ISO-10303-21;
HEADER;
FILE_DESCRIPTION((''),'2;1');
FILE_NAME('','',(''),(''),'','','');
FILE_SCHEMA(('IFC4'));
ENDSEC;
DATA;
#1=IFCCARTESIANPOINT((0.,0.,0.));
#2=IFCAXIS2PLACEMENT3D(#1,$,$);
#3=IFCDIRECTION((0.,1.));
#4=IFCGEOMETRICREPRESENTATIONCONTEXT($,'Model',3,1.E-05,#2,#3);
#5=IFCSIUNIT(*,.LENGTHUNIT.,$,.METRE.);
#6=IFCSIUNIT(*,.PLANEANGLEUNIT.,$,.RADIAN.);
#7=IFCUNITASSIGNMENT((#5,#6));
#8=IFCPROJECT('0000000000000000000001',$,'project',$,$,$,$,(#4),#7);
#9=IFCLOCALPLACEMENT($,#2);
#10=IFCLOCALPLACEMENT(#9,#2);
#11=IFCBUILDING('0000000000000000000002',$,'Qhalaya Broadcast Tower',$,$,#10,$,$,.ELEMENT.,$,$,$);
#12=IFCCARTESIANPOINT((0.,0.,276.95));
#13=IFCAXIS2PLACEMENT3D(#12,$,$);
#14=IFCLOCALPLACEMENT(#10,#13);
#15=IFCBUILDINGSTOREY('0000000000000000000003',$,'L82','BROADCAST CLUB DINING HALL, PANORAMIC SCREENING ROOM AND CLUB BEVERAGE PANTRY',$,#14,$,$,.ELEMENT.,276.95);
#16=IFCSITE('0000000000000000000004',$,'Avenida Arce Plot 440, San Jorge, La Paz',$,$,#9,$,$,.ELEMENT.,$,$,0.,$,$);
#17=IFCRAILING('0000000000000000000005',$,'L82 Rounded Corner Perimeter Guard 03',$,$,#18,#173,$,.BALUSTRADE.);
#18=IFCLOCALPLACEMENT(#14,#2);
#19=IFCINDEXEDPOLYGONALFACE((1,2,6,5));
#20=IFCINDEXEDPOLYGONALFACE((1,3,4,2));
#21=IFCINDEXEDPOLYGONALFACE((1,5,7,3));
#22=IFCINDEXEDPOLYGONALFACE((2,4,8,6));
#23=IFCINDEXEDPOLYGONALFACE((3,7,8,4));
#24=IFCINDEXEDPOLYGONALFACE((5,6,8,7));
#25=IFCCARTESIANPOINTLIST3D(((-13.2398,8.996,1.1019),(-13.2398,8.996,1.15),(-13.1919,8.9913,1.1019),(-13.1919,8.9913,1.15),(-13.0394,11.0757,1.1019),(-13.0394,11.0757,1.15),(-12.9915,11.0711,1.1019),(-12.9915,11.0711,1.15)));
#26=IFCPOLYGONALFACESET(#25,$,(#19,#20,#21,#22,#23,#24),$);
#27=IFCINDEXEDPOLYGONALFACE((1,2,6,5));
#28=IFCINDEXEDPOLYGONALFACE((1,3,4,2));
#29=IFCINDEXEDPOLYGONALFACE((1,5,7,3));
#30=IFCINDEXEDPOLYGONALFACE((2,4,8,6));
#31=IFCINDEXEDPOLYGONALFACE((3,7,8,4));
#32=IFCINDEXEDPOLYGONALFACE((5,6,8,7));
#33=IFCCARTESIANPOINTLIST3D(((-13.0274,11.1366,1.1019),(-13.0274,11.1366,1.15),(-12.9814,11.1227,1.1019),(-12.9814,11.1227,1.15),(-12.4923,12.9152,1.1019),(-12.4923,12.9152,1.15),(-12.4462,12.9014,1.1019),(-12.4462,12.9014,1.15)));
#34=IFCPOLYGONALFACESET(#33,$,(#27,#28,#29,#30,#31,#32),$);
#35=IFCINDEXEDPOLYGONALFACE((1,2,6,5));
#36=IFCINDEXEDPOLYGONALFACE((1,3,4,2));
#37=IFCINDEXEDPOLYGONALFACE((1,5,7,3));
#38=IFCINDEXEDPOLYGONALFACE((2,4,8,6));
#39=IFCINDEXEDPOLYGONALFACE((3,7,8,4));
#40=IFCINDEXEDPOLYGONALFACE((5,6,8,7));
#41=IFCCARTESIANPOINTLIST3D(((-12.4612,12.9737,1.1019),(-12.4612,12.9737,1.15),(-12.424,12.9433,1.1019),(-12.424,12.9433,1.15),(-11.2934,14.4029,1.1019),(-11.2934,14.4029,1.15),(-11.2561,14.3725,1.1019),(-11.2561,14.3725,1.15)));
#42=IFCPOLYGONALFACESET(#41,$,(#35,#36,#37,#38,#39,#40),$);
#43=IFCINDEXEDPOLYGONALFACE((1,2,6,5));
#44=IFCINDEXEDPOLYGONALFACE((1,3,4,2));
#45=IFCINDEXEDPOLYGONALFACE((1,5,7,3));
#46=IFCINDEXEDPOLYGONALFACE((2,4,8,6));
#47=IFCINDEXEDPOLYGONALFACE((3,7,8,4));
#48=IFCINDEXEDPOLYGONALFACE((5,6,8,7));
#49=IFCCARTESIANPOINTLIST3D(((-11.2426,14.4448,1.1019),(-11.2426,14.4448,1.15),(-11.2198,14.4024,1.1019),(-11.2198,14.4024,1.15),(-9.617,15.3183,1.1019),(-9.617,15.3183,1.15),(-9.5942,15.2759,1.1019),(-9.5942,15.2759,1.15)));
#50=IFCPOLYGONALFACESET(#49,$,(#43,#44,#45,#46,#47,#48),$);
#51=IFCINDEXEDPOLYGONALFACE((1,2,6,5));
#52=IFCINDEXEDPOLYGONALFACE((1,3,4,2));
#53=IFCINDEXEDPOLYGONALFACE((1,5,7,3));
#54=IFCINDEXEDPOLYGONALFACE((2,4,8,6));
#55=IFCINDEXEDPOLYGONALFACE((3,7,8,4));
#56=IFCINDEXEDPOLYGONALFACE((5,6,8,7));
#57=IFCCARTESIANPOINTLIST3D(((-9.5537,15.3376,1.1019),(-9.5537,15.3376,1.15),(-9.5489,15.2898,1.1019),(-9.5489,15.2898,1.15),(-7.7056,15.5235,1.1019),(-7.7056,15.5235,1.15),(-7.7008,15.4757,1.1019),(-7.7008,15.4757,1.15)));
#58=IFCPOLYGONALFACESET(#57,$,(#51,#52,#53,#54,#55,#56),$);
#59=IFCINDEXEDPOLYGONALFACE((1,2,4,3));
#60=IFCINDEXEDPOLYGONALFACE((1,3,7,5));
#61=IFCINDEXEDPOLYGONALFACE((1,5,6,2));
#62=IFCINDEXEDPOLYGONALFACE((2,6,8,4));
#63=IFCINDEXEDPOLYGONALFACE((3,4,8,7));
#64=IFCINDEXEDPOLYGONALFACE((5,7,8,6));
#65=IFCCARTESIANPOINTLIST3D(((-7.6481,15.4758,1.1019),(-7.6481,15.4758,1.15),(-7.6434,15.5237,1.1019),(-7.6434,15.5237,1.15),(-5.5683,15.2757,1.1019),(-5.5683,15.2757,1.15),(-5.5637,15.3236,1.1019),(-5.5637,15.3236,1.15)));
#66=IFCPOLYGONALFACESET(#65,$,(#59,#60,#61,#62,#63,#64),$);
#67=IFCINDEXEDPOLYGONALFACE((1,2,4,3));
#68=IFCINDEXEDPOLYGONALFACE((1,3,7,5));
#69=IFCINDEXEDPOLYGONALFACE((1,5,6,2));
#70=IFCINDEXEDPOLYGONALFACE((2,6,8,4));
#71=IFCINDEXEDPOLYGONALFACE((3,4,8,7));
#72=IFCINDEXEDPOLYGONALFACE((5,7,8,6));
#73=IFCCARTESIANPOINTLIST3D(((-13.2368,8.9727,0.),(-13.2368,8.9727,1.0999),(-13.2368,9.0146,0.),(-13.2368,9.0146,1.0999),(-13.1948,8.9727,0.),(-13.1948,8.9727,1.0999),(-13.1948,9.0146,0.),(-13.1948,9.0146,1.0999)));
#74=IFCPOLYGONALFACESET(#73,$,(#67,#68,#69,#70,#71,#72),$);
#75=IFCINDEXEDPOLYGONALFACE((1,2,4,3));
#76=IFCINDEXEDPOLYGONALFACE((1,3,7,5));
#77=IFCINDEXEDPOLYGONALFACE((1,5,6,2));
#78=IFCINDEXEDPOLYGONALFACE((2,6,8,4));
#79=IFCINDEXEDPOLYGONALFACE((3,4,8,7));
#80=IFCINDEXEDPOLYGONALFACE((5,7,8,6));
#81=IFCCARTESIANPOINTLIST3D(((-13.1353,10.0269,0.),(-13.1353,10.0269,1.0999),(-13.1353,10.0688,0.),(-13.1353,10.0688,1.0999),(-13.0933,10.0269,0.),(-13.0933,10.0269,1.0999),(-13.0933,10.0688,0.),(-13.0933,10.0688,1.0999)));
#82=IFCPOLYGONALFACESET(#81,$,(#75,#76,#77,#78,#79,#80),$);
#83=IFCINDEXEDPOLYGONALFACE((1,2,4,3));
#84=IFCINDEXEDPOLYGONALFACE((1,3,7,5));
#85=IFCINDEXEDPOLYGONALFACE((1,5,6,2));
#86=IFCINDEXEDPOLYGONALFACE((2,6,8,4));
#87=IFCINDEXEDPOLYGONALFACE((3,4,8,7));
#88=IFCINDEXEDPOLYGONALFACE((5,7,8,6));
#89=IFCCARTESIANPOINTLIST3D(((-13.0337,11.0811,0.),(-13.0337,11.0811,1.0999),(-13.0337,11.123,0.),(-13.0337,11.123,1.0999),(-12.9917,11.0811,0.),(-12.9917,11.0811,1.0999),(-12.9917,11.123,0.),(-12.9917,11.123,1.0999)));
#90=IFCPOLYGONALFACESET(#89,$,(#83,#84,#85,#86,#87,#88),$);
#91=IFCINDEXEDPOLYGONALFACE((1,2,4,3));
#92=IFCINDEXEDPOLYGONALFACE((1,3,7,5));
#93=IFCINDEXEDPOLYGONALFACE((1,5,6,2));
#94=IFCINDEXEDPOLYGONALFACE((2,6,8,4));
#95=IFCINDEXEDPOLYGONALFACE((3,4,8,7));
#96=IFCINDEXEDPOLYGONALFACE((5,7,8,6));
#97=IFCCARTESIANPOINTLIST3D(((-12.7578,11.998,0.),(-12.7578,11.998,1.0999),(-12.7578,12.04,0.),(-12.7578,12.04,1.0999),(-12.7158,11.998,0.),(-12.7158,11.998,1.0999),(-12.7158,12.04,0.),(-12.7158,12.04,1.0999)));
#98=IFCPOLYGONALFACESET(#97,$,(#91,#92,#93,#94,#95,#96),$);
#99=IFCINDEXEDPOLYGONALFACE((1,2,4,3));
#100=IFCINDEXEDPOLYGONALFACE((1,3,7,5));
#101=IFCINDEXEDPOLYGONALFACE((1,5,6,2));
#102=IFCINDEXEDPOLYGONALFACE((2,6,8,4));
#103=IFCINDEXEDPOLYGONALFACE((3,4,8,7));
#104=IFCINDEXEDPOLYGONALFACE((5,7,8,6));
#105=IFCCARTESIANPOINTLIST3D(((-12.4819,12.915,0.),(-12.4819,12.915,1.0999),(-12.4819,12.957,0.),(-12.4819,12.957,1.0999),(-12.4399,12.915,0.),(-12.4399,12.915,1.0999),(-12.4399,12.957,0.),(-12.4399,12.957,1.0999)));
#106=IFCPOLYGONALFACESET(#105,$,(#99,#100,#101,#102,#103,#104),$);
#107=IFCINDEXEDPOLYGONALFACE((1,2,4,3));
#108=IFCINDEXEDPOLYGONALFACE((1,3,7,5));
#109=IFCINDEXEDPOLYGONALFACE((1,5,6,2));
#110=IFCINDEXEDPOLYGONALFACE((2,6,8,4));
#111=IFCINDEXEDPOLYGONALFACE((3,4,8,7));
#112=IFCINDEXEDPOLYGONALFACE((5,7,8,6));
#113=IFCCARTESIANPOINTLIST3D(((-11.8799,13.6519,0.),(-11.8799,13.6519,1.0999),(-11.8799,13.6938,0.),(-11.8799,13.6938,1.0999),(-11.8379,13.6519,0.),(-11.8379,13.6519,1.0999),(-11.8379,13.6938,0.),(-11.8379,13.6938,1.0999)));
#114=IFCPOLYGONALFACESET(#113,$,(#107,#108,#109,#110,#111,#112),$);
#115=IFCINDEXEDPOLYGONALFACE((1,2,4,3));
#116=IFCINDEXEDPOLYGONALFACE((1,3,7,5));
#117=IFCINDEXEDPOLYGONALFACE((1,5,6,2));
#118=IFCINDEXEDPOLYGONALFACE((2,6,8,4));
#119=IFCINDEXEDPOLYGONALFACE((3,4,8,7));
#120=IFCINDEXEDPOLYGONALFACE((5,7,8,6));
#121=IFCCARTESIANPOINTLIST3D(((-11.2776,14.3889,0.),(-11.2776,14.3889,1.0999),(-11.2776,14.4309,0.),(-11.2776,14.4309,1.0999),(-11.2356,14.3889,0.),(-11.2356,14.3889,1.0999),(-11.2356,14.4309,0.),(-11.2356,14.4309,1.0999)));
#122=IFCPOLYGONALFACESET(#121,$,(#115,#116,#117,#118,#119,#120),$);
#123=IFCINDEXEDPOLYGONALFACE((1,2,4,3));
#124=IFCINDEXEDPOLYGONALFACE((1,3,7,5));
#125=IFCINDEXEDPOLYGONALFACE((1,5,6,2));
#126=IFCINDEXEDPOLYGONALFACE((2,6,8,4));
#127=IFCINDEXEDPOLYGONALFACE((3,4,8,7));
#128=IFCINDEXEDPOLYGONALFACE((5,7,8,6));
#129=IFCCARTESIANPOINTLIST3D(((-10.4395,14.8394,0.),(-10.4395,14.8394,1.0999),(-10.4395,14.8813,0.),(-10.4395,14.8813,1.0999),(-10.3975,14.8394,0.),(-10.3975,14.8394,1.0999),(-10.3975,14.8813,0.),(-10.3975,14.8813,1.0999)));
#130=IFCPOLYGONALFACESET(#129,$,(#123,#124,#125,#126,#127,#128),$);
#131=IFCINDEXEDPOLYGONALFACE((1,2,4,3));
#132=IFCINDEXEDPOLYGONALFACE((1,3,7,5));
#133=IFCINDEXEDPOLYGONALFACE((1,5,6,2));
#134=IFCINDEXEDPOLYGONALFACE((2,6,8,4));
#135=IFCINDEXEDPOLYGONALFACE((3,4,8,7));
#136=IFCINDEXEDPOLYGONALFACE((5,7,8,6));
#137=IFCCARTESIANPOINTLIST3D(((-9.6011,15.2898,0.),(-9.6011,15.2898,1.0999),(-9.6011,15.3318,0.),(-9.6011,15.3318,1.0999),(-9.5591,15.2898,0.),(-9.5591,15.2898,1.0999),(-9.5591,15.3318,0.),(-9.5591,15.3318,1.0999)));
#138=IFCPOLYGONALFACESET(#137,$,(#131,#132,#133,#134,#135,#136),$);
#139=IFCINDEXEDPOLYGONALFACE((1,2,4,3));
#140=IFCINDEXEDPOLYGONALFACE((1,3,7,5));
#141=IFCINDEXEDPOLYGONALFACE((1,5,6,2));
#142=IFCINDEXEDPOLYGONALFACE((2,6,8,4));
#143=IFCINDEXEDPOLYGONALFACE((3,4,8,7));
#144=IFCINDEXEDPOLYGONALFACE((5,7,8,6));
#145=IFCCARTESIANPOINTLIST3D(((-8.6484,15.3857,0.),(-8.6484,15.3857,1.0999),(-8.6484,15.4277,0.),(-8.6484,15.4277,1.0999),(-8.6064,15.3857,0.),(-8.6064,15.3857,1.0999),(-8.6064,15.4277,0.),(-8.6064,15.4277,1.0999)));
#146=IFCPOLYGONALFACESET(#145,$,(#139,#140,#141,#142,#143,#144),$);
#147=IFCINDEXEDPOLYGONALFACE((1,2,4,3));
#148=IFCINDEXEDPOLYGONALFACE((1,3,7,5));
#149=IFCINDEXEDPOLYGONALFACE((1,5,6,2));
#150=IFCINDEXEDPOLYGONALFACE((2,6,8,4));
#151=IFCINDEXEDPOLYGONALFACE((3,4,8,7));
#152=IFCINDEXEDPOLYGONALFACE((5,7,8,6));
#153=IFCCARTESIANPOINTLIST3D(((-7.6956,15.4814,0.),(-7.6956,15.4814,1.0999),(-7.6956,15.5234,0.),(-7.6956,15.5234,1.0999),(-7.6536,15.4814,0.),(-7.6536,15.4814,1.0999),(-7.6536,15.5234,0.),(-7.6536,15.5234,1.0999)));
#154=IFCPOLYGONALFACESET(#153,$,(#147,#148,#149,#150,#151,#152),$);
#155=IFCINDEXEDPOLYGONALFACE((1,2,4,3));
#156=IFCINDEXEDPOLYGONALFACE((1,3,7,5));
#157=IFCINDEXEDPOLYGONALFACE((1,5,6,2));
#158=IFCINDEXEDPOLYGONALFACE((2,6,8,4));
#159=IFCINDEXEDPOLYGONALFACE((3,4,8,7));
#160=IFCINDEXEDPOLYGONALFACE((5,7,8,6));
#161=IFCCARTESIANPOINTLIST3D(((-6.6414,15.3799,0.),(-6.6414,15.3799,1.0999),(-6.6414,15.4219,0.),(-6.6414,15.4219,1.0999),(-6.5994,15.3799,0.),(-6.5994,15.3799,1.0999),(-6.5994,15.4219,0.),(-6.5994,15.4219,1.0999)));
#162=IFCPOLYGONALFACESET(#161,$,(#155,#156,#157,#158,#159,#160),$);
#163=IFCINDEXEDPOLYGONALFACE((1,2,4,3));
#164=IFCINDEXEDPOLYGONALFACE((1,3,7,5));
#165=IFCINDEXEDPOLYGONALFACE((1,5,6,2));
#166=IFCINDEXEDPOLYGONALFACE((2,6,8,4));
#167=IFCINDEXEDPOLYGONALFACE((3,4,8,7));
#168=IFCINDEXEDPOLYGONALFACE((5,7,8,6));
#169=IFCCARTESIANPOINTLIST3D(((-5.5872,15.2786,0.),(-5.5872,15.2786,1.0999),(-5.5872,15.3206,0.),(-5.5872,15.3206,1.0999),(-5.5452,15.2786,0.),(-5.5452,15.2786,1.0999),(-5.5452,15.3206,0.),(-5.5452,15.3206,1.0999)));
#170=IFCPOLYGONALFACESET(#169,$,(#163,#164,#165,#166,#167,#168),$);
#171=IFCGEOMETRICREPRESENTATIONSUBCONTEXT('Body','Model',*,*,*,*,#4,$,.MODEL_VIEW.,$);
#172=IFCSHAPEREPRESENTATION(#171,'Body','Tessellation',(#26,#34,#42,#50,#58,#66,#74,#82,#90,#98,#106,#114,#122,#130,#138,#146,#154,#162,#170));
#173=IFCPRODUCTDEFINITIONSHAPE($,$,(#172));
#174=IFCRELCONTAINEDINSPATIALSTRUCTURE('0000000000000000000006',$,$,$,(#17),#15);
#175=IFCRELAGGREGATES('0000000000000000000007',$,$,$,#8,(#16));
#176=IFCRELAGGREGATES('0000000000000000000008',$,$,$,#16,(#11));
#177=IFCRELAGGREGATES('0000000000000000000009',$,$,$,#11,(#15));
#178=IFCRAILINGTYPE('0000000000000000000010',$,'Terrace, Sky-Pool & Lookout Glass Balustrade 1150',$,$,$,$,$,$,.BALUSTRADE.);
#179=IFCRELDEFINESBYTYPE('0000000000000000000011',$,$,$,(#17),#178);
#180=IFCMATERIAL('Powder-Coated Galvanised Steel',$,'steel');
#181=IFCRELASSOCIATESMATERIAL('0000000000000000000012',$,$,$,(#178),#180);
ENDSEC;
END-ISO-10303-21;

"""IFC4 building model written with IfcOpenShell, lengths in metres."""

from ifc_helpers import new_model, si_unit, direction, frame, origin, origin_2d, place, context, subcontext, project, spatial, rectangle, extrude, material, type_object, element, save


model = new_model("IFC4")

# Units and contexts
model_context = context("Model", 3, precision=1e-05, world=origin(), true_north=direction((0.0, 1.0)))
body_context = subcontext(model_context, "Body", "Model", "MODEL_VIEW")
ifc_project = project(units=[si_unit("LENGTHUNIT", "METRE"), si_unit("PLANEANGLEUNIT", "RADIAN")], contexts=[model_context])

# Site, building, storey
site_placement = place(None, origin())
site = spatial("IfcSite", under=ifc_project, at=site_placement, Name="Avenida Arce Plot 440, San Jorge, La Paz", CompositionType="ELEMENT", RefElevation=0.0)
building_placement = place(site_placement, origin())
building = spatial("IfcBuilding", under=site, at=building_placement, Name="Qhalaya Broadcast Tower", CompositionType="ELEMENT")
storey_placement = place(building_placement, frame((0.0, 0.0, 276.95)))
storey = spatial("IfcBuildingStorey", under=building, at=storey_placement, Name="L82", Description="BROADCAST CLUB DINING HALL, PANORAMIC SCREENING ROOM AND CLUB BEVERAGE PANTRY", CompositionType="ELEMENT", Elevation=276.95)

# Railing
ifc_material_1 = material(Name="Powder-Coated Galvanised Steel", Category="steel")
railing_type_1 = type_object("IfcRailingType", Name="Terrace, Sky-Pool & Lookout Glass Balustrade 1150", PredefinedType="BALUSTRADE", material=ifc_material_1)
railing_1_placement = place(storey_placement, frame((-13.2158, 8.9937, 0.0)))
element("IfcRailing", 1, at=railing_1_placement, inside=storey, type_object=railing_type_1, Name="L82 Rounded Corner Perimeter Guard 03", PredefinedType="BALUSTRADE", context=body_context, shape_type="SweptSolid", body=[
    extrude(rectangle(XDim=0.0481, YDim=0.0481, at=origin_2d()), frame((0.0, 0.0, 1.126), z_axis=(0.095897, 0.995391, 0.0), x_axis=(-0.995391, 0.095897, 0.0)), (0.0, 0.0, 1.0), 2.0894),
    extrude(rectangle(XDim=0.0481, YDim=0.0481, at=origin_2d()), frame((0.2114, 2.136, 1.126), z_axis=(0.288096, 0.957601, 0.0), x_axis=(-0.957601, 0.288096, 0.0)), (0.0, 0.0, 1.0), 1.8574),
    extrude(rectangle(XDim=0.0481, YDim=0.0481, at=origin_2d()), frame((0.7732, 3.9648, 1.126), z_axis=(0.632749, 0.774357, 0.0), x_axis=(-0.774357, 0.632749, 0.0)), (0.0, 0.0, 1.0), 1.8457),
    extrude(rectangle(XDim=0.0481, YDim=0.0481, at=origin_2d()), frame((1.9846, 5.4299, 1.126), z_axis=(0.880879, 0.473342, 0.0), x_axis=(-0.473342, 0.880879, 0.0)), (0.0, 0.0, 1.0), 1.8455),
    extrude(rectangle(XDim=0.0481, YDim=0.0481, at=origin_2d()), frame((3.6646, 6.3201, 1.126), z_axis=(0.99498, 0.100072, 0.0), x_axis=(-0.100072, 0.99498, 0.0)), (0.0, 0.0, 1.0), 1.8574),
    extrude(rectangle(XDim=0.0481, YDim=0.0481, at=origin_2d()), frame((5.5701, 6.5061, 1.126), z_axis=(0.995402, -0.095783, 0.0), x_axis=(0.095783, 0.995402, 0.0)), (0.0, 0.0, 1.0), 2.0894),
    extrude(rectangle(XDim=0.042, YDim=0.042, at=origin_2d()), origin(), (0.0, 0.0, 1.0), 1.0999),
    extrude(rectangle(XDim=0.042, YDim=0.042, at=origin_2d()), frame((0.1016, 1.0542, 0.0)), (0.0, 0.0, 1.0), 1.0999),
    extrude(rectangle(XDim=0.042, YDim=0.042, at=origin_2d()), frame((0.2031, 2.1084, 0.0)), (0.0, 0.0, 1.0), 1.0999),
    extrude(rectangle(XDim=0.042, YDim=0.042, at=origin_2d()), frame((0.479, 3.0254, 0.0)), (0.0, 0.0, 1.0), 1.0999),
    extrude(rectangle(XDim=0.042, YDim=0.042, at=origin_2d()), frame((0.7549, 3.9424, 0.0)), (0.0, 0.0, 1.0), 1.0999),
    extrude(rectangle(XDim=0.042, YDim=0.042, at=origin_2d()), frame((1.3569, 4.6792, 0.0)), (0.0, 0.0, 1.0), 1.0999),
    extrude(rectangle(XDim=0.042, YDim=0.042, at=origin_2d()), frame((1.9592, 5.4163, 0.0)), (0.0, 0.0, 1.0), 1.0999),
    extrude(rectangle(XDim=0.042, YDim=0.042, at=origin_2d()), frame((2.7974, 5.8667, 0.0)), (0.0, 0.0, 1.0), 1.0999),
    extrude(rectangle(XDim=0.042, YDim=0.042, at=origin_2d()), frame((3.6357, 6.3171, 0.0)), (0.0, 0.0, 1.0), 1.0999),
    extrude(rectangle(XDim=0.042, YDim=0.042, at=origin_2d()), frame((4.5884, 6.4131, 0.0)), (0.0, 0.0, 1.0), 1.0999),
    extrude(rectangle(XDim=0.042, YDim=0.042, at=origin_2d()), frame((5.5413, 6.5088, 0.0)), (0.0, 0.0, 1.0), 1.0999),
    extrude(rectangle(XDim=0.042, YDim=0.042, at=origin_2d()), frame((6.5955, 6.4072, 0.0)), (0.0, 0.0, 1.0), 1.0999),
    extrude(rectangle(XDim=0.042, YDim=0.042, at=origin_2d()), frame((7.6497, 6.3059, 0.0)), (0.0, 0.0, 1.0), 1.0999),
])

save(model, "model.ifc")
